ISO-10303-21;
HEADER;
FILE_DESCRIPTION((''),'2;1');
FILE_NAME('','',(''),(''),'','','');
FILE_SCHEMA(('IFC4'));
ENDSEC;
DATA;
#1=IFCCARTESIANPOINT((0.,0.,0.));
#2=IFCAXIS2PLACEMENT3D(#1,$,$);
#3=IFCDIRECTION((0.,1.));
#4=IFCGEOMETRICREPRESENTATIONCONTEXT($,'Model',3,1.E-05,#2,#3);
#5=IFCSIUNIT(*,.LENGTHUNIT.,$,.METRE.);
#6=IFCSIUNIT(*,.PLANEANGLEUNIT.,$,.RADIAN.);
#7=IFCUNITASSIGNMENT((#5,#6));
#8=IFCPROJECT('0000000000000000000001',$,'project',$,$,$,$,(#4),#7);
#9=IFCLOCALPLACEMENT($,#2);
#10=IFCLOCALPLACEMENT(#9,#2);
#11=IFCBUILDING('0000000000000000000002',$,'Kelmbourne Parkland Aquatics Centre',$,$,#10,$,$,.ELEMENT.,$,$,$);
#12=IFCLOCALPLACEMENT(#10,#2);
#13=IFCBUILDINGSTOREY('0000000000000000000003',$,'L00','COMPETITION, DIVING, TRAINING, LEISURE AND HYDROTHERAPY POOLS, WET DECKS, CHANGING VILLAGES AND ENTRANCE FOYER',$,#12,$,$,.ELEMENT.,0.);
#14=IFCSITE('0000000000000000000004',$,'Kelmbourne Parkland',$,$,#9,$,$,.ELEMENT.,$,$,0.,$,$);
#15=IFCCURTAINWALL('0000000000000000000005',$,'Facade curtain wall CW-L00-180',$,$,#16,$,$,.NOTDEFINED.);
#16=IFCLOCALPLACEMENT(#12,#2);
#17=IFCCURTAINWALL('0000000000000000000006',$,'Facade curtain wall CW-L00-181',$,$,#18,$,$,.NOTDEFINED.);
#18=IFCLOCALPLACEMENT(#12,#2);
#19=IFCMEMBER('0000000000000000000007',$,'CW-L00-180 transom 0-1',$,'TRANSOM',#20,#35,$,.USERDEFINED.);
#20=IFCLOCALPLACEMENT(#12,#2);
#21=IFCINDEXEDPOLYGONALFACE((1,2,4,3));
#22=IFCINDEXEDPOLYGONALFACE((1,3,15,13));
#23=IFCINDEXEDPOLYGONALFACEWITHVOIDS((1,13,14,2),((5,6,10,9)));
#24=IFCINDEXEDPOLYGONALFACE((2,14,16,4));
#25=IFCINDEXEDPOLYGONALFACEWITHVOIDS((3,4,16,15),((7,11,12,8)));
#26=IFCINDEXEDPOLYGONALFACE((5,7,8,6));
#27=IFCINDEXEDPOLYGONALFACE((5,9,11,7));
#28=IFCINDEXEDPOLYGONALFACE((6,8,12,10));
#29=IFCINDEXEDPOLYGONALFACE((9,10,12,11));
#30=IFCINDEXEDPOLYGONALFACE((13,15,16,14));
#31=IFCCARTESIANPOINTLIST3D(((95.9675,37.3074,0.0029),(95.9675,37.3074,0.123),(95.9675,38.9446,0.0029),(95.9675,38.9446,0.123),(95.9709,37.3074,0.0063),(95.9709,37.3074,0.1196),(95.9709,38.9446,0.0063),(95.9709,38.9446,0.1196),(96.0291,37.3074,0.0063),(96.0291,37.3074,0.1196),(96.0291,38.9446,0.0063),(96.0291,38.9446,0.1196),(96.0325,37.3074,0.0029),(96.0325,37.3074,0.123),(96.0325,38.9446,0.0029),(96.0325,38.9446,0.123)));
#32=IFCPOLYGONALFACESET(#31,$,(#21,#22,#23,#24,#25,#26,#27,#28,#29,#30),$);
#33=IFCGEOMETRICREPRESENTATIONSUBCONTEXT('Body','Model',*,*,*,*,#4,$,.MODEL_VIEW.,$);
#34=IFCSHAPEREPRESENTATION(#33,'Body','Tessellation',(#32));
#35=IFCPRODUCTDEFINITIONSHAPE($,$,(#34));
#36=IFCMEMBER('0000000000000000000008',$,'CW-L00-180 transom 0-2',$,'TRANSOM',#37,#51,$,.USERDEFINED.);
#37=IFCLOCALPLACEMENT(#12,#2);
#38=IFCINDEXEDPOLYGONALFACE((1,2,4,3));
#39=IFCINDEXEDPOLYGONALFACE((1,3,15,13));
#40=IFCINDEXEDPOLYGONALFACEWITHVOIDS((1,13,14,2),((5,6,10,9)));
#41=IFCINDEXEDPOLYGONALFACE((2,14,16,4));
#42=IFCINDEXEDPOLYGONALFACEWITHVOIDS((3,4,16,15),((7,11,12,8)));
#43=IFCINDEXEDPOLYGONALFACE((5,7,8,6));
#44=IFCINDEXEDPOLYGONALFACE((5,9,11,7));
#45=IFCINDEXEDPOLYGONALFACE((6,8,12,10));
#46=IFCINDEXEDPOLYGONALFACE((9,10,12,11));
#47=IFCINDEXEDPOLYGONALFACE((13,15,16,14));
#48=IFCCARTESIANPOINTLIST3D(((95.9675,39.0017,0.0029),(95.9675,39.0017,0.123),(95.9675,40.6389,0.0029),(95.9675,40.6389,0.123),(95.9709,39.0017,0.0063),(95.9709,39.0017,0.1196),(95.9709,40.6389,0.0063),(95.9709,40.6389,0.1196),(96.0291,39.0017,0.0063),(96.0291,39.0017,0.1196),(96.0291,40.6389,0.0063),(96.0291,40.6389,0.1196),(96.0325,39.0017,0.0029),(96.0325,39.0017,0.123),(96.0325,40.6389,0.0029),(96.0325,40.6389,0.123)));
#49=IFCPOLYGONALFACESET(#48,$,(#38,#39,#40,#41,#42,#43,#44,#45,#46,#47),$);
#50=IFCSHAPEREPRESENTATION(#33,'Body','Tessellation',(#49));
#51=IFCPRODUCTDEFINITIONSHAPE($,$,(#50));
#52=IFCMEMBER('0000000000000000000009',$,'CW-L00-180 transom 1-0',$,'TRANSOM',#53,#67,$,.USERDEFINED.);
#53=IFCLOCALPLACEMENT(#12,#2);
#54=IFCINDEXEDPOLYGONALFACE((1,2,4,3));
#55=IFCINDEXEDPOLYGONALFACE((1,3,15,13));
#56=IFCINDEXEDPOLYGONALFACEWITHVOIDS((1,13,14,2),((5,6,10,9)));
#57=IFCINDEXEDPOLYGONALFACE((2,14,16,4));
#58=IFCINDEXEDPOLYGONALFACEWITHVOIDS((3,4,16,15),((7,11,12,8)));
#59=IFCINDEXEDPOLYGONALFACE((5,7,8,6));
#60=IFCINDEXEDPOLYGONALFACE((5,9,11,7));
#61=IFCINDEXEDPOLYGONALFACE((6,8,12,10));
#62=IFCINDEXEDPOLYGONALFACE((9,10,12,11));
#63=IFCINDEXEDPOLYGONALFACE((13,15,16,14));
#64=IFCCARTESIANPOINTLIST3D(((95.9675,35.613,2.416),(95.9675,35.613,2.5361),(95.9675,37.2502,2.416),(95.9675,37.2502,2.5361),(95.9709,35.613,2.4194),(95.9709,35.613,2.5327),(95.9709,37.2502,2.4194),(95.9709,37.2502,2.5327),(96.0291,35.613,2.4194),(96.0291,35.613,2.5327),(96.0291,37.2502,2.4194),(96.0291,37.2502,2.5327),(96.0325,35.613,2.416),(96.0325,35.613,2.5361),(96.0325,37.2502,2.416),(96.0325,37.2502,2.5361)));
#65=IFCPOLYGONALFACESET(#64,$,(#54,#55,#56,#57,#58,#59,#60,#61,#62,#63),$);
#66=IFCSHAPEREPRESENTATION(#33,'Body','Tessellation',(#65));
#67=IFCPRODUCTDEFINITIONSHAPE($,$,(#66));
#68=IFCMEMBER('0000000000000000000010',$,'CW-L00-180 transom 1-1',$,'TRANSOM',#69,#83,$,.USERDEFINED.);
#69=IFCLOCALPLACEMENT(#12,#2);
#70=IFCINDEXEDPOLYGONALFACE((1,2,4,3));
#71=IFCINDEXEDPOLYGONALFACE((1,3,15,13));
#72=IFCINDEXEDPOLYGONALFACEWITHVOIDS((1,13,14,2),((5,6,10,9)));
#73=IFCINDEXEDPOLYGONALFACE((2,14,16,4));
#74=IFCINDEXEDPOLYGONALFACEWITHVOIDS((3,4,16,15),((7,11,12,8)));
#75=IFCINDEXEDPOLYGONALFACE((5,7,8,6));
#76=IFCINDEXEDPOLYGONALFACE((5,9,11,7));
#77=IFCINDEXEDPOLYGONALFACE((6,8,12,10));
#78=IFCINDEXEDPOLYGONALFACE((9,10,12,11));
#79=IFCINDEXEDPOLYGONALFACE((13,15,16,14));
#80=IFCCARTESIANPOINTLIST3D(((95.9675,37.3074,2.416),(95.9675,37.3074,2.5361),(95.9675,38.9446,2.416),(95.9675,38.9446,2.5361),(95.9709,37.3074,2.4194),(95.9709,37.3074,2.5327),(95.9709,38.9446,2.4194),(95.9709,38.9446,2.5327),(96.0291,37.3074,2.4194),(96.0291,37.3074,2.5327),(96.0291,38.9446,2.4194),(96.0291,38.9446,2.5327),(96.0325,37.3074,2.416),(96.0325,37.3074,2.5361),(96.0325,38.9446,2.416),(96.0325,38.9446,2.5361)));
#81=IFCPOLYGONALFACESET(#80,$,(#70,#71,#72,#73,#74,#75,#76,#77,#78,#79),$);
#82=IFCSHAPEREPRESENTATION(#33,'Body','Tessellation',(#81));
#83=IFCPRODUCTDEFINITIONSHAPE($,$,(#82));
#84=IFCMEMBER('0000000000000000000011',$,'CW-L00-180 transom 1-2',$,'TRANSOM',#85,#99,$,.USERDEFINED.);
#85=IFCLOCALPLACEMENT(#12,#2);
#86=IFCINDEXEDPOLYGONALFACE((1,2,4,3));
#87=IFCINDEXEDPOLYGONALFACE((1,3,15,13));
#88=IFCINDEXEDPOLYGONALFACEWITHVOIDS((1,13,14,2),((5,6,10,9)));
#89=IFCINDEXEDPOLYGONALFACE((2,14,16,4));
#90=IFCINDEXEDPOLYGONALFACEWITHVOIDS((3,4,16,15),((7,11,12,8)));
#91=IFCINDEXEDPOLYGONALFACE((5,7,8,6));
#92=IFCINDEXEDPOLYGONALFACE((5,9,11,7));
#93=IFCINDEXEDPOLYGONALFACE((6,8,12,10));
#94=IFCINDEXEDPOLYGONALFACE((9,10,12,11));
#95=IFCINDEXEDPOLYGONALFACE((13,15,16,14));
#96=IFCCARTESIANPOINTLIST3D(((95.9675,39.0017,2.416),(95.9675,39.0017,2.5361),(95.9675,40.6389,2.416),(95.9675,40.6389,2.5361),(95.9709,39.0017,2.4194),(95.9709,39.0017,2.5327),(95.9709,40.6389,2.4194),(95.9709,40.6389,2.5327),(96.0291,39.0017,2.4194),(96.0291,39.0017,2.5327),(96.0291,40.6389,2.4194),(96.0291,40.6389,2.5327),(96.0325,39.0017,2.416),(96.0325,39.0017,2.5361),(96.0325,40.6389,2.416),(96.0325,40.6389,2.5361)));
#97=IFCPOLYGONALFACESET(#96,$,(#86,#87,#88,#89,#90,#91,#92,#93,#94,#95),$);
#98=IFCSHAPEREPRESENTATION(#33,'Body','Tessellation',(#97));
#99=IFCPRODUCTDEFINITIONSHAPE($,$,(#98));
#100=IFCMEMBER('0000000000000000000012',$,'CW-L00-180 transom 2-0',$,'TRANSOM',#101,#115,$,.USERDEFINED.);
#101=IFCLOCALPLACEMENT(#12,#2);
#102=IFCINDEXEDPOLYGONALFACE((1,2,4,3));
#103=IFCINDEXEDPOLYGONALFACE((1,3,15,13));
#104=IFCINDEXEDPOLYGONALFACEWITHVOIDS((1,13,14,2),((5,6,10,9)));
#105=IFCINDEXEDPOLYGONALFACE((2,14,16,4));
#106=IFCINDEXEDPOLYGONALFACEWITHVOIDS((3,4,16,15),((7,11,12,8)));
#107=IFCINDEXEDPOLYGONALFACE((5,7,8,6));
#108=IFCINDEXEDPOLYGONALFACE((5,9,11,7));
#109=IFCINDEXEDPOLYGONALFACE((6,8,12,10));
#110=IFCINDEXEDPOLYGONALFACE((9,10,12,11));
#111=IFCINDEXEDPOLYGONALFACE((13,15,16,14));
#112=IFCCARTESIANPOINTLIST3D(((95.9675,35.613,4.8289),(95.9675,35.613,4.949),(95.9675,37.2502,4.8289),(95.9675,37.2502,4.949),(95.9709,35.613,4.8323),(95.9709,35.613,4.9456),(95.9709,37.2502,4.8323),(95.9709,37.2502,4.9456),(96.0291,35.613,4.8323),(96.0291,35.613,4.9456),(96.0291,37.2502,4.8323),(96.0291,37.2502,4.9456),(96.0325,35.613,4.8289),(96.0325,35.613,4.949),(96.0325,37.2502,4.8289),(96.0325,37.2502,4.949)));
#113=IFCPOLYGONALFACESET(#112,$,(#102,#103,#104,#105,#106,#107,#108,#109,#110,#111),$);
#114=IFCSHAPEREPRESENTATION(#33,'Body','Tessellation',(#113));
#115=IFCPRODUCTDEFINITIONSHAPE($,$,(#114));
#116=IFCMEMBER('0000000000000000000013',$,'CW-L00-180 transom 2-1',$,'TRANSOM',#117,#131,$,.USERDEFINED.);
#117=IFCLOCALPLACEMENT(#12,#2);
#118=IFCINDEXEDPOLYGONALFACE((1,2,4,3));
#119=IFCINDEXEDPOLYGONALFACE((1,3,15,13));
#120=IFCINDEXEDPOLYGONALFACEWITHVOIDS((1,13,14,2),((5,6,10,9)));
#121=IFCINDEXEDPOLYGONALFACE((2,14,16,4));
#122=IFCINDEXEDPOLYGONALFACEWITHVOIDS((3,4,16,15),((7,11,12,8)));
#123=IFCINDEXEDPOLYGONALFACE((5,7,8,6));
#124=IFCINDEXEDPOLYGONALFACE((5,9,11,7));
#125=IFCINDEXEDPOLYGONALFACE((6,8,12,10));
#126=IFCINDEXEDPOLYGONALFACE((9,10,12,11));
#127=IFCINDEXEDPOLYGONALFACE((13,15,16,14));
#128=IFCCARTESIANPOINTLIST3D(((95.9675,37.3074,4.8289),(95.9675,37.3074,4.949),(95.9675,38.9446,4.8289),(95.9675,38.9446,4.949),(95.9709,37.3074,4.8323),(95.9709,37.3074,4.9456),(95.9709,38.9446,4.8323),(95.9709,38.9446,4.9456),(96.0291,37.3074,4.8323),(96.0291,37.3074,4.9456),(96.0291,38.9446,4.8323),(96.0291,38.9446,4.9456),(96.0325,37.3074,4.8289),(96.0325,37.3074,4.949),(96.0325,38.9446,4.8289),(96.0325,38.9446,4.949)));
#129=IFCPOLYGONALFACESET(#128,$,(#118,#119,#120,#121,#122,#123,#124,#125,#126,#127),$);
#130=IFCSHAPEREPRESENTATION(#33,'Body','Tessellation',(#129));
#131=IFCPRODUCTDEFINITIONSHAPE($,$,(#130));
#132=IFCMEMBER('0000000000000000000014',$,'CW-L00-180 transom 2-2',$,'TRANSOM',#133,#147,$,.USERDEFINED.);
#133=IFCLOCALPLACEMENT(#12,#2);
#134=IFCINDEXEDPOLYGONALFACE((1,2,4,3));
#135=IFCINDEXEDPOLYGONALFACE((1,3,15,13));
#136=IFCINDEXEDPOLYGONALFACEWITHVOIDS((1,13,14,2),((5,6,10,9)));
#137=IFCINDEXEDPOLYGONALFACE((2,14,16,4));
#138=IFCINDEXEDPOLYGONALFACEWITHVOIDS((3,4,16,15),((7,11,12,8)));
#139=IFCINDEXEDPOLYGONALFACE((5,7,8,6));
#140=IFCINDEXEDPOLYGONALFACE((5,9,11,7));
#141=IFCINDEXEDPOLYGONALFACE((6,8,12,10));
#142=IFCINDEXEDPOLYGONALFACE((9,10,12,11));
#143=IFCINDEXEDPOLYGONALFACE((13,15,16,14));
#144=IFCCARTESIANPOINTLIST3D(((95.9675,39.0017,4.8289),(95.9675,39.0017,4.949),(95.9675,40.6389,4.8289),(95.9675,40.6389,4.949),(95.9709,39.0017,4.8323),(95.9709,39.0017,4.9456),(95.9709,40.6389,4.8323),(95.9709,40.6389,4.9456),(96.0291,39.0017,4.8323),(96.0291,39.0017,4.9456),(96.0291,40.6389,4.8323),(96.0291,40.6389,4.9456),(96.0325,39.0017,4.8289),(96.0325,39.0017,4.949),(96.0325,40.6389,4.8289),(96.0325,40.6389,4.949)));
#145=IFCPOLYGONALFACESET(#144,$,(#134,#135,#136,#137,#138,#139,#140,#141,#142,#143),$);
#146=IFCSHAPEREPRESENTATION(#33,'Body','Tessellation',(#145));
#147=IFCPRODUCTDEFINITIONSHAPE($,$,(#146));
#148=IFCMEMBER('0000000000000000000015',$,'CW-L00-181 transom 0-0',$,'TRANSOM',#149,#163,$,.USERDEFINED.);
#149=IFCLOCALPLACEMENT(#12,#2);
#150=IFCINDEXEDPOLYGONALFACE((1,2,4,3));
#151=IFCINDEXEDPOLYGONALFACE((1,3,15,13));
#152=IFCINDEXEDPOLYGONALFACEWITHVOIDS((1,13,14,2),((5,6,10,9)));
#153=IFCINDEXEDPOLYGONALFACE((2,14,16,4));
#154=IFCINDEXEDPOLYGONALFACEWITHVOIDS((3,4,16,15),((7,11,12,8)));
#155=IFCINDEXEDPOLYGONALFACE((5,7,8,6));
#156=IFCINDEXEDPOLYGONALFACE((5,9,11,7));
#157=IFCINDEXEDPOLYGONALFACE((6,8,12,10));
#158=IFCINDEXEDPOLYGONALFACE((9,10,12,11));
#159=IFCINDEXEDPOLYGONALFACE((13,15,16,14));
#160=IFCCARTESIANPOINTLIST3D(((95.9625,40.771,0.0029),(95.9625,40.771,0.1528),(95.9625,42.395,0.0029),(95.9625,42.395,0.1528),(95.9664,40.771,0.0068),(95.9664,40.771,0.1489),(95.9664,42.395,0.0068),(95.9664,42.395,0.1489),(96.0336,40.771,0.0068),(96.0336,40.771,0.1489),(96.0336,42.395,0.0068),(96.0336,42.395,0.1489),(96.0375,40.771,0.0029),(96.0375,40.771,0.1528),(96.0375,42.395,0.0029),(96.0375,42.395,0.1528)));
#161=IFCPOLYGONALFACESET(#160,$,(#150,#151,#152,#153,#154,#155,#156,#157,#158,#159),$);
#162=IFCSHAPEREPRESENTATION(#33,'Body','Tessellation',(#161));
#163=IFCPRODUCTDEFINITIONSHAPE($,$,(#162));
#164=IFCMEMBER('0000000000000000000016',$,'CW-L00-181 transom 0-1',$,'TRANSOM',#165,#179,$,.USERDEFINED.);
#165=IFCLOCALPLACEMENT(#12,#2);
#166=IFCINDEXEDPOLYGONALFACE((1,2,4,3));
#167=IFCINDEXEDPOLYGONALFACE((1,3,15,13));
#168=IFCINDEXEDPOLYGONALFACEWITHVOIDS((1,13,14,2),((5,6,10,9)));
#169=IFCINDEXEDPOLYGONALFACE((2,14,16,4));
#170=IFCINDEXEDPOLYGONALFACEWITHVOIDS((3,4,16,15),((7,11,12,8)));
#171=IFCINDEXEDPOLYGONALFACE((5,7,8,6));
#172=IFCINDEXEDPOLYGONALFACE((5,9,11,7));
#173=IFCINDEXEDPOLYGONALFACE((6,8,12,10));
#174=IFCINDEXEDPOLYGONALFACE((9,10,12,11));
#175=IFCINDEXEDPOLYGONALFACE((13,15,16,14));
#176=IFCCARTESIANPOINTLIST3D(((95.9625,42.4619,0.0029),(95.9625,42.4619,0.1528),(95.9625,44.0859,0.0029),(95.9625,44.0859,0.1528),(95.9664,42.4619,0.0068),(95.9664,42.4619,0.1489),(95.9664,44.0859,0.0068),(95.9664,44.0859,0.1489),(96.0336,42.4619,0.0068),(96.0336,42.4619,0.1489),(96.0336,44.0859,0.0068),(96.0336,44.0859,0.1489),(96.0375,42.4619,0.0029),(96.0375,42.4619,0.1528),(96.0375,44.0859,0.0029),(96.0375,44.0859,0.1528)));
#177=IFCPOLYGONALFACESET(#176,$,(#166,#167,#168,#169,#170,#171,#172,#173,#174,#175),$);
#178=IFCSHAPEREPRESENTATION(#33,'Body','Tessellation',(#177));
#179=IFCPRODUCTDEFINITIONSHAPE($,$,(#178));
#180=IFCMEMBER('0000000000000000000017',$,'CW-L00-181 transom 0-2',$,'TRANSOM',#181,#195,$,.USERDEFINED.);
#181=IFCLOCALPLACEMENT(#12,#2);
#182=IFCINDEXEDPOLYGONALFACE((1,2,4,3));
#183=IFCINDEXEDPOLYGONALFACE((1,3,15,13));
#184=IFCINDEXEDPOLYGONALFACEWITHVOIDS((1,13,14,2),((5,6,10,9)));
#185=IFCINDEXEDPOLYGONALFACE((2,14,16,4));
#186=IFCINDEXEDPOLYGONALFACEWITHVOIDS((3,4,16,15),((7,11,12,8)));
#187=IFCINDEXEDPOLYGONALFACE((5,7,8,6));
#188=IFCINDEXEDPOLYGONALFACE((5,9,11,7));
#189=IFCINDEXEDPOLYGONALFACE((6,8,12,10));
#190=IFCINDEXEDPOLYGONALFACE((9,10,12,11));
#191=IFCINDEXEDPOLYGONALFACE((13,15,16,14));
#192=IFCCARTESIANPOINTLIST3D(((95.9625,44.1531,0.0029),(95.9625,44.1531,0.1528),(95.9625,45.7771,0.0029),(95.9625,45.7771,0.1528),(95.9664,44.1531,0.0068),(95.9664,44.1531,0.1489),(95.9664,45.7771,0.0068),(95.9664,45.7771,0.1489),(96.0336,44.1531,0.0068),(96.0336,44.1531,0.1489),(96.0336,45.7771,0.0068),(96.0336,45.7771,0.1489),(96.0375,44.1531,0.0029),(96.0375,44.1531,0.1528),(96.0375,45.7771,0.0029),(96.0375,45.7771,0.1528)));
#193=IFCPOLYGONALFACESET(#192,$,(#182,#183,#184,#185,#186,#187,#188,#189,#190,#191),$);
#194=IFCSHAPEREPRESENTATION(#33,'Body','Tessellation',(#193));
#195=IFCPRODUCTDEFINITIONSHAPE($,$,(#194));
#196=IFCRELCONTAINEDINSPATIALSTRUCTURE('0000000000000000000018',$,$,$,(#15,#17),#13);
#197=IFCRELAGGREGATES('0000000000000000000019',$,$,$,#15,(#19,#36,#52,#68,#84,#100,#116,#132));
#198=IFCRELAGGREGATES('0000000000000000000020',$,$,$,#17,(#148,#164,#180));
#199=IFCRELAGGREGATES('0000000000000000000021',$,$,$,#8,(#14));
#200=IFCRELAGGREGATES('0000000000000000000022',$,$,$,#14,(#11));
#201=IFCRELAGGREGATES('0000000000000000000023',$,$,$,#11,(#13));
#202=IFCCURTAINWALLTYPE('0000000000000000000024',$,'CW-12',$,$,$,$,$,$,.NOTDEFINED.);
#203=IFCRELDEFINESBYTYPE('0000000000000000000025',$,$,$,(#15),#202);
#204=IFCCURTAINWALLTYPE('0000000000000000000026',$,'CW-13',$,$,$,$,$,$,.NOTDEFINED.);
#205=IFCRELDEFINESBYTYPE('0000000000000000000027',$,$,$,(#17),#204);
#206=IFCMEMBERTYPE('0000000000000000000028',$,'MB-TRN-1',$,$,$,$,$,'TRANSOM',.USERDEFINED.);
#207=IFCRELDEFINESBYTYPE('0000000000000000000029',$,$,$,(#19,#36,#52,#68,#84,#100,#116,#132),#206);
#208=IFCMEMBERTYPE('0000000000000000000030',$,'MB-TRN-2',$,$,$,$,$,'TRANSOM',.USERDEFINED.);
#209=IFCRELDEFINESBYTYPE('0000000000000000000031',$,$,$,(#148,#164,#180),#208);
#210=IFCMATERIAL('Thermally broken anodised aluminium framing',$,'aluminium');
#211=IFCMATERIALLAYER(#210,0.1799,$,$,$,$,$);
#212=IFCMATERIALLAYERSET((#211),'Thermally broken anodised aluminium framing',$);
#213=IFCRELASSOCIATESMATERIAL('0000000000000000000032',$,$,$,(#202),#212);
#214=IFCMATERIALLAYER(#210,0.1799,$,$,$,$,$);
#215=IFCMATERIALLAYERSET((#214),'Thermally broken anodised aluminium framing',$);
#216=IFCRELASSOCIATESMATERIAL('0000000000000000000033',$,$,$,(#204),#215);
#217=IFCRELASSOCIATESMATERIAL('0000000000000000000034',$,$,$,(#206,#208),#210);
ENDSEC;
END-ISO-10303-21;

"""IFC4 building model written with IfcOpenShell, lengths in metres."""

from ifc_helpers import new_model, si_unit, direction, frame, origin, origin_2d, place, context, subcontext, project, spatial, hollow_rectangle, extrude, material, layer, layer_set, material_profile, profile_set, type_object, element, aggregate, save


model = new_model("IFC4")

# Units and contexts
model_context = context("Model", 3, precision=1e-05, world=origin(), true_north=direction((0.0, 1.0)))
body_context = subcontext(model_context, "Body", "Model", "MODEL_VIEW")
ifc_project = project(units=[si_unit("LENGTHUNIT", "METRE"), si_unit("PLANEANGLEUNIT", "RADIAN")], contexts=[model_context])

# Site, building, storey
site_placement = place(None, origin())
site = spatial("IfcSite", under=ifc_project, at=site_placement, Name="Kelmbourne Parkland", CompositionType="ELEMENT", RefElevation=0.0)
building_placement = place(site_placement, origin())
building = spatial("IfcBuilding", under=site, at=building_placement, Name="Kelmbourne Parkland Aquatics Centre", CompositionType="ELEMENT")
storey_placement = place(building_placement, origin())
storey = spatial("IfcBuildingStorey", under=building, at=storey_placement, Name="L00", Description="COMPETITION, DIVING, TRAINING, LEISURE AND HYDROTHERAPY POOLS, WET DECKS, CHANGING VILLAGES AND ENTRANCE FOYER", CompositionType="ELEMENT", Elevation=0.0)

# Curtain walls
ifc_material_1 = material(Name="Thermally broken anodised aluminium framing", Category="aluminium")
ifc_layer_1 = layer(ifc_material_1, 0.1799)
ifc_layer_set_1 = layer_set([ifc_layer_1], Name="Thermally broken anodised aluminium framing")
curtain_wall_type_1 = type_object("IfcCurtainWallType", Name="CW-12", PredefinedType="NOTDEFINED", material=ifc_layer_set_1)
curtain_wall_1_placement = place(storey_placement, origin())
curtain_wall_1 = element("IfcCurtainWall", 1, at=curtain_wall_1_placement, inside=storey, type_object=curtain_wall_type_1, Name="Facade curtain wall CW-L00-180", PredefinedType="NOTDEFINED")
ifc_layer_2 = layer(ifc_material_1, 0.1799)
ifc_layer_set_2 = layer_set([ifc_layer_2], Name="Thermally broken anodised aluminium framing")
curtain_wall_type_2 = type_object("IfcCurtainWallType", Name="CW-13", PredefinedType="NOTDEFINED", material=ifc_layer_set_2)
curtain_wall_2_placement = place(storey_placement, origin())
curtain_wall_2 = element("IfcCurtainWall", 2, at=curtain_wall_2_placement, inside=storey, type_object=curtain_wall_type_2, Name="Facade curtain wall CW-L00-181", PredefinedType="NOTDEFINED")

# Members
ifc_material_profile_1 = material_profile(ifc_material_1, hollow_rectangle(XDim=0.0649, YDim=0.1201, WallThickness=0.0034, at=origin_2d()), Name="CW-T 65x120")
ifc_profile_set_1 = profile_set([ifc_material_profile_1], Name="Thermally broken anodised aluminium framing")
member_type_1 = type_object("IfcMemberType", Name="MB-TRN-1", ElementType="TRANSOM", PredefinedType="USERDEFINED", material=ifc_profile_set_1)
member_1_placement = place(storey_placement, frame((96.0, 37.3074, 0.063), z_axis=(0.0, 1.0, 0.0), x_axis=(-1.0, 0.0, 0.0)))
member_1 = element("IfcMember", 3, at=member_1_placement, type_object=member_type_1, Name="CW-L00-180 transom 0-1", ObjectType="TRANSOM", PredefinedType="USERDEFINED", context=body_context, shape_type="SweptSolid", body=[
    extrude(hollow_rectangle(XDim=0.0649, YDim=0.1201, WallThickness=0.0034, at=origin_2d()), origin(), (0.0, 0.0, 1.0), 1.6372),
])
member_2_placement = place(storey_placement, frame((96.0, 39.0017, 0.063), z_axis=(0.0, 1.0, 0.0), x_axis=(-1.0, 0.0, 0.0)))
member_2 = element("IfcMember", 4, at=member_2_placement, type_object=member_type_1, Name="CW-L00-180 transom 0-2", ObjectType="TRANSOM", PredefinedType="USERDEFINED", context=body_context, shape_type="SweptSolid", body=[
    extrude(hollow_rectangle(XDim=0.0649, YDim=0.1201, WallThickness=0.0034, at=origin_2d()), origin(), (0.0, 0.0, 1.0), 1.6372),
])
member_3_placement = place(storey_placement, frame((96.0, 35.613, 2.4761), z_axis=(0.0, 1.0, 0.0), x_axis=(-1.0, 0.0, 0.0)))
member_3 = element("IfcMember", 5, at=member_3_placement, type_object=member_type_1, Name="CW-L00-180 transom 1-0", ObjectType="TRANSOM", PredefinedType="USERDEFINED", context=body_context, shape_type="SweptSolid", body=[
    extrude(hollow_rectangle(XDim=0.0649, YDim=0.1201, WallThickness=0.0034, at=origin_2d()), origin(), (0.0, 0.0, 1.0), 1.6372),
])
member_4_placement = place(storey_placement, frame((96.0, 37.3074, 2.4761), z_axis=(0.0, 1.0, 0.0), x_axis=(-1.0, 0.0, 0.0)))
member_4 = element("IfcMember", 6, at=member_4_placement, type_object=member_type_1, Name="CW-L00-180 transom 1-1", ObjectType="TRANSOM", PredefinedType="USERDEFINED", context=body_context, shape_type="SweptSolid", body=[
    extrude(hollow_rectangle(XDim=0.0649, YDim=0.1201, WallThickness=0.0034, at=origin_2d()), origin(), (0.0, 0.0, 1.0), 1.6372),
])
member_5_placement = place(storey_placement, frame((96.0, 39.0017, 2.4761), z_axis=(0.0, 1.0, 0.0), x_axis=(-1.0, 0.0, 0.0)))
member_5 = element("IfcMember", 7, at=member_5_placement, type_object=member_type_1, Name="CW-L00-180 transom 1-2", ObjectType="TRANSOM", PredefinedType="USERDEFINED", context=body_context, shape_type="SweptSolid", body=[
    extrude(hollow_rectangle(XDim=0.0649, YDim=0.1201, WallThickness=0.0034, at=origin_2d()), origin(), (0.0, 0.0, 1.0), 1.6372),
])
member_6_placement = place(storey_placement, frame((96.0, 35.613, 4.8889), z_axis=(0.0, 1.0, 0.0), x_axis=(-1.0, 0.0, 0.0)))
member_6 = element("IfcMember", 8, at=member_6_placement, type_object=member_type_1, Name="CW-L00-180 transom 2-0", ObjectType="TRANSOM", PredefinedType="USERDEFINED", context=body_context, shape_type="SweptSolid", body=[
    extrude(hollow_rectangle(XDim=0.0649, YDim=0.1201, WallThickness=0.0034, at=origin_2d()), origin(), (0.0, 0.0, 1.0), 1.6372),
])
member_7_placement = place(storey_placement, frame((96.0, 37.3074, 4.8889), z_axis=(0.0, 1.0, 0.0), x_axis=(-1.0, 0.0, 0.0)))
member_7 = element("IfcMember", 9, at=member_7_placement, type_object=member_type_1, Name="CW-L00-180 transom 2-1", ObjectType="TRANSOM", PredefinedType="USERDEFINED", context=body_context, shape_type="SweptSolid", body=[
    extrude(hollow_rectangle(XDim=0.0649, YDim=0.1201, WallThickness=0.0034, at=origin_2d()), origin(), (0.0, 0.0, 1.0), 1.6372),
])
member_8_placement = place(storey_placement, frame((96.0, 39.0017, 4.8889), z_axis=(0.0, 1.0, 0.0), x_axis=(-1.0, 0.0, 0.0)))
member_8 = element("IfcMember", 10, at=member_8_placement, type_object=member_type_1, Name="CW-L00-180 transom 2-2", ObjectType="TRANSOM", PredefinedType="USERDEFINED", context=body_context, shape_type="SweptSolid", body=[
    extrude(hollow_rectangle(XDim=0.0649, YDim=0.1201, WallThickness=0.0034, at=origin_2d()), origin(), (0.0, 0.0, 1.0), 1.6372),
])
ifc_material_profile_2 = material_profile(ifc_material_1, hollow_rectangle(XDim=0.075, YDim=0.1499, WallThickness=0.0039, at=origin_2d()), Name="CW-T 75x150")
ifc_profile_set_2 = profile_set([ifc_material_profile_2], Name="Thermally broken anodised aluminium framing")
member_type_2 = type_object("IfcMemberType", Name="MB-TRN-2", ElementType="TRANSOM", PredefinedType="USERDEFINED", material=ifc_profile_set_2)
member_9_placement = place(storey_placement, frame((96.0, 40.771, 0.0779), z_axis=(0.0, 1.0, 0.0), x_axis=(-1.0, 0.0, 0.0)))
member_9 = element("IfcMember", 11, at=member_9_placement, type_object=member_type_2, Name="CW-L00-181 transom 0-0", ObjectType="TRANSOM", PredefinedType="USERDEFINED", context=body_context, shape_type="SweptSolid", body=[
    extrude(hollow_rectangle(XDim=0.075, YDim=0.1499, WallThickness=0.0039, at=origin_2d()), origin(), (0.0, 0.0, 1.0), 1.624),
])
member_10_placement = place(storey_placement, frame((96.0, 42.4619, 0.0779), z_axis=(0.0, 1.0, 0.0), x_axis=(-1.0, 0.0, 0.0)))
member_10 = element("IfcMember", 12, at=member_10_placement, type_object=member_type_2, Name="CW-L00-181 transom 0-1", ObjectType="TRANSOM", PredefinedType="USERDEFINED", context=body_context, shape_type="SweptSolid", body=[
    extrude(hollow_rectangle(XDim=0.075, YDim=0.1499, WallThickness=0.0039, at=origin_2d()), origin(), (0.0, 0.0, 1.0), 1.624),
])
member_11_placement = place(storey_placement, frame((96.0, 44.1531, 0.0779), z_axis=(0.0, 1.0, 0.0), x_axis=(-1.0, 0.0, 0.0)))
member_11 = element("IfcMember", 13, at=member_11_placement, type_object=member_type_2, Name="CW-L00-181 transom 0-2", ObjectType="TRANSOM", PredefinedType="USERDEFINED", context=body_context, shape_type="SweptSolid", body=[
    extrude(hollow_rectangle(XDim=0.075, YDim=0.1499, WallThickness=0.0039, at=origin_2d()), origin(), (0.0, 0.0, 1.0), 1.624),
])

aggregate(curtain_wall_1, [member_1, member_2, member_3, member_4, member_5, member_6, member_7, member_8])
aggregate(curtain_wall_2, [member_9, member_10, member_11])

save(model, "model.ifc")
